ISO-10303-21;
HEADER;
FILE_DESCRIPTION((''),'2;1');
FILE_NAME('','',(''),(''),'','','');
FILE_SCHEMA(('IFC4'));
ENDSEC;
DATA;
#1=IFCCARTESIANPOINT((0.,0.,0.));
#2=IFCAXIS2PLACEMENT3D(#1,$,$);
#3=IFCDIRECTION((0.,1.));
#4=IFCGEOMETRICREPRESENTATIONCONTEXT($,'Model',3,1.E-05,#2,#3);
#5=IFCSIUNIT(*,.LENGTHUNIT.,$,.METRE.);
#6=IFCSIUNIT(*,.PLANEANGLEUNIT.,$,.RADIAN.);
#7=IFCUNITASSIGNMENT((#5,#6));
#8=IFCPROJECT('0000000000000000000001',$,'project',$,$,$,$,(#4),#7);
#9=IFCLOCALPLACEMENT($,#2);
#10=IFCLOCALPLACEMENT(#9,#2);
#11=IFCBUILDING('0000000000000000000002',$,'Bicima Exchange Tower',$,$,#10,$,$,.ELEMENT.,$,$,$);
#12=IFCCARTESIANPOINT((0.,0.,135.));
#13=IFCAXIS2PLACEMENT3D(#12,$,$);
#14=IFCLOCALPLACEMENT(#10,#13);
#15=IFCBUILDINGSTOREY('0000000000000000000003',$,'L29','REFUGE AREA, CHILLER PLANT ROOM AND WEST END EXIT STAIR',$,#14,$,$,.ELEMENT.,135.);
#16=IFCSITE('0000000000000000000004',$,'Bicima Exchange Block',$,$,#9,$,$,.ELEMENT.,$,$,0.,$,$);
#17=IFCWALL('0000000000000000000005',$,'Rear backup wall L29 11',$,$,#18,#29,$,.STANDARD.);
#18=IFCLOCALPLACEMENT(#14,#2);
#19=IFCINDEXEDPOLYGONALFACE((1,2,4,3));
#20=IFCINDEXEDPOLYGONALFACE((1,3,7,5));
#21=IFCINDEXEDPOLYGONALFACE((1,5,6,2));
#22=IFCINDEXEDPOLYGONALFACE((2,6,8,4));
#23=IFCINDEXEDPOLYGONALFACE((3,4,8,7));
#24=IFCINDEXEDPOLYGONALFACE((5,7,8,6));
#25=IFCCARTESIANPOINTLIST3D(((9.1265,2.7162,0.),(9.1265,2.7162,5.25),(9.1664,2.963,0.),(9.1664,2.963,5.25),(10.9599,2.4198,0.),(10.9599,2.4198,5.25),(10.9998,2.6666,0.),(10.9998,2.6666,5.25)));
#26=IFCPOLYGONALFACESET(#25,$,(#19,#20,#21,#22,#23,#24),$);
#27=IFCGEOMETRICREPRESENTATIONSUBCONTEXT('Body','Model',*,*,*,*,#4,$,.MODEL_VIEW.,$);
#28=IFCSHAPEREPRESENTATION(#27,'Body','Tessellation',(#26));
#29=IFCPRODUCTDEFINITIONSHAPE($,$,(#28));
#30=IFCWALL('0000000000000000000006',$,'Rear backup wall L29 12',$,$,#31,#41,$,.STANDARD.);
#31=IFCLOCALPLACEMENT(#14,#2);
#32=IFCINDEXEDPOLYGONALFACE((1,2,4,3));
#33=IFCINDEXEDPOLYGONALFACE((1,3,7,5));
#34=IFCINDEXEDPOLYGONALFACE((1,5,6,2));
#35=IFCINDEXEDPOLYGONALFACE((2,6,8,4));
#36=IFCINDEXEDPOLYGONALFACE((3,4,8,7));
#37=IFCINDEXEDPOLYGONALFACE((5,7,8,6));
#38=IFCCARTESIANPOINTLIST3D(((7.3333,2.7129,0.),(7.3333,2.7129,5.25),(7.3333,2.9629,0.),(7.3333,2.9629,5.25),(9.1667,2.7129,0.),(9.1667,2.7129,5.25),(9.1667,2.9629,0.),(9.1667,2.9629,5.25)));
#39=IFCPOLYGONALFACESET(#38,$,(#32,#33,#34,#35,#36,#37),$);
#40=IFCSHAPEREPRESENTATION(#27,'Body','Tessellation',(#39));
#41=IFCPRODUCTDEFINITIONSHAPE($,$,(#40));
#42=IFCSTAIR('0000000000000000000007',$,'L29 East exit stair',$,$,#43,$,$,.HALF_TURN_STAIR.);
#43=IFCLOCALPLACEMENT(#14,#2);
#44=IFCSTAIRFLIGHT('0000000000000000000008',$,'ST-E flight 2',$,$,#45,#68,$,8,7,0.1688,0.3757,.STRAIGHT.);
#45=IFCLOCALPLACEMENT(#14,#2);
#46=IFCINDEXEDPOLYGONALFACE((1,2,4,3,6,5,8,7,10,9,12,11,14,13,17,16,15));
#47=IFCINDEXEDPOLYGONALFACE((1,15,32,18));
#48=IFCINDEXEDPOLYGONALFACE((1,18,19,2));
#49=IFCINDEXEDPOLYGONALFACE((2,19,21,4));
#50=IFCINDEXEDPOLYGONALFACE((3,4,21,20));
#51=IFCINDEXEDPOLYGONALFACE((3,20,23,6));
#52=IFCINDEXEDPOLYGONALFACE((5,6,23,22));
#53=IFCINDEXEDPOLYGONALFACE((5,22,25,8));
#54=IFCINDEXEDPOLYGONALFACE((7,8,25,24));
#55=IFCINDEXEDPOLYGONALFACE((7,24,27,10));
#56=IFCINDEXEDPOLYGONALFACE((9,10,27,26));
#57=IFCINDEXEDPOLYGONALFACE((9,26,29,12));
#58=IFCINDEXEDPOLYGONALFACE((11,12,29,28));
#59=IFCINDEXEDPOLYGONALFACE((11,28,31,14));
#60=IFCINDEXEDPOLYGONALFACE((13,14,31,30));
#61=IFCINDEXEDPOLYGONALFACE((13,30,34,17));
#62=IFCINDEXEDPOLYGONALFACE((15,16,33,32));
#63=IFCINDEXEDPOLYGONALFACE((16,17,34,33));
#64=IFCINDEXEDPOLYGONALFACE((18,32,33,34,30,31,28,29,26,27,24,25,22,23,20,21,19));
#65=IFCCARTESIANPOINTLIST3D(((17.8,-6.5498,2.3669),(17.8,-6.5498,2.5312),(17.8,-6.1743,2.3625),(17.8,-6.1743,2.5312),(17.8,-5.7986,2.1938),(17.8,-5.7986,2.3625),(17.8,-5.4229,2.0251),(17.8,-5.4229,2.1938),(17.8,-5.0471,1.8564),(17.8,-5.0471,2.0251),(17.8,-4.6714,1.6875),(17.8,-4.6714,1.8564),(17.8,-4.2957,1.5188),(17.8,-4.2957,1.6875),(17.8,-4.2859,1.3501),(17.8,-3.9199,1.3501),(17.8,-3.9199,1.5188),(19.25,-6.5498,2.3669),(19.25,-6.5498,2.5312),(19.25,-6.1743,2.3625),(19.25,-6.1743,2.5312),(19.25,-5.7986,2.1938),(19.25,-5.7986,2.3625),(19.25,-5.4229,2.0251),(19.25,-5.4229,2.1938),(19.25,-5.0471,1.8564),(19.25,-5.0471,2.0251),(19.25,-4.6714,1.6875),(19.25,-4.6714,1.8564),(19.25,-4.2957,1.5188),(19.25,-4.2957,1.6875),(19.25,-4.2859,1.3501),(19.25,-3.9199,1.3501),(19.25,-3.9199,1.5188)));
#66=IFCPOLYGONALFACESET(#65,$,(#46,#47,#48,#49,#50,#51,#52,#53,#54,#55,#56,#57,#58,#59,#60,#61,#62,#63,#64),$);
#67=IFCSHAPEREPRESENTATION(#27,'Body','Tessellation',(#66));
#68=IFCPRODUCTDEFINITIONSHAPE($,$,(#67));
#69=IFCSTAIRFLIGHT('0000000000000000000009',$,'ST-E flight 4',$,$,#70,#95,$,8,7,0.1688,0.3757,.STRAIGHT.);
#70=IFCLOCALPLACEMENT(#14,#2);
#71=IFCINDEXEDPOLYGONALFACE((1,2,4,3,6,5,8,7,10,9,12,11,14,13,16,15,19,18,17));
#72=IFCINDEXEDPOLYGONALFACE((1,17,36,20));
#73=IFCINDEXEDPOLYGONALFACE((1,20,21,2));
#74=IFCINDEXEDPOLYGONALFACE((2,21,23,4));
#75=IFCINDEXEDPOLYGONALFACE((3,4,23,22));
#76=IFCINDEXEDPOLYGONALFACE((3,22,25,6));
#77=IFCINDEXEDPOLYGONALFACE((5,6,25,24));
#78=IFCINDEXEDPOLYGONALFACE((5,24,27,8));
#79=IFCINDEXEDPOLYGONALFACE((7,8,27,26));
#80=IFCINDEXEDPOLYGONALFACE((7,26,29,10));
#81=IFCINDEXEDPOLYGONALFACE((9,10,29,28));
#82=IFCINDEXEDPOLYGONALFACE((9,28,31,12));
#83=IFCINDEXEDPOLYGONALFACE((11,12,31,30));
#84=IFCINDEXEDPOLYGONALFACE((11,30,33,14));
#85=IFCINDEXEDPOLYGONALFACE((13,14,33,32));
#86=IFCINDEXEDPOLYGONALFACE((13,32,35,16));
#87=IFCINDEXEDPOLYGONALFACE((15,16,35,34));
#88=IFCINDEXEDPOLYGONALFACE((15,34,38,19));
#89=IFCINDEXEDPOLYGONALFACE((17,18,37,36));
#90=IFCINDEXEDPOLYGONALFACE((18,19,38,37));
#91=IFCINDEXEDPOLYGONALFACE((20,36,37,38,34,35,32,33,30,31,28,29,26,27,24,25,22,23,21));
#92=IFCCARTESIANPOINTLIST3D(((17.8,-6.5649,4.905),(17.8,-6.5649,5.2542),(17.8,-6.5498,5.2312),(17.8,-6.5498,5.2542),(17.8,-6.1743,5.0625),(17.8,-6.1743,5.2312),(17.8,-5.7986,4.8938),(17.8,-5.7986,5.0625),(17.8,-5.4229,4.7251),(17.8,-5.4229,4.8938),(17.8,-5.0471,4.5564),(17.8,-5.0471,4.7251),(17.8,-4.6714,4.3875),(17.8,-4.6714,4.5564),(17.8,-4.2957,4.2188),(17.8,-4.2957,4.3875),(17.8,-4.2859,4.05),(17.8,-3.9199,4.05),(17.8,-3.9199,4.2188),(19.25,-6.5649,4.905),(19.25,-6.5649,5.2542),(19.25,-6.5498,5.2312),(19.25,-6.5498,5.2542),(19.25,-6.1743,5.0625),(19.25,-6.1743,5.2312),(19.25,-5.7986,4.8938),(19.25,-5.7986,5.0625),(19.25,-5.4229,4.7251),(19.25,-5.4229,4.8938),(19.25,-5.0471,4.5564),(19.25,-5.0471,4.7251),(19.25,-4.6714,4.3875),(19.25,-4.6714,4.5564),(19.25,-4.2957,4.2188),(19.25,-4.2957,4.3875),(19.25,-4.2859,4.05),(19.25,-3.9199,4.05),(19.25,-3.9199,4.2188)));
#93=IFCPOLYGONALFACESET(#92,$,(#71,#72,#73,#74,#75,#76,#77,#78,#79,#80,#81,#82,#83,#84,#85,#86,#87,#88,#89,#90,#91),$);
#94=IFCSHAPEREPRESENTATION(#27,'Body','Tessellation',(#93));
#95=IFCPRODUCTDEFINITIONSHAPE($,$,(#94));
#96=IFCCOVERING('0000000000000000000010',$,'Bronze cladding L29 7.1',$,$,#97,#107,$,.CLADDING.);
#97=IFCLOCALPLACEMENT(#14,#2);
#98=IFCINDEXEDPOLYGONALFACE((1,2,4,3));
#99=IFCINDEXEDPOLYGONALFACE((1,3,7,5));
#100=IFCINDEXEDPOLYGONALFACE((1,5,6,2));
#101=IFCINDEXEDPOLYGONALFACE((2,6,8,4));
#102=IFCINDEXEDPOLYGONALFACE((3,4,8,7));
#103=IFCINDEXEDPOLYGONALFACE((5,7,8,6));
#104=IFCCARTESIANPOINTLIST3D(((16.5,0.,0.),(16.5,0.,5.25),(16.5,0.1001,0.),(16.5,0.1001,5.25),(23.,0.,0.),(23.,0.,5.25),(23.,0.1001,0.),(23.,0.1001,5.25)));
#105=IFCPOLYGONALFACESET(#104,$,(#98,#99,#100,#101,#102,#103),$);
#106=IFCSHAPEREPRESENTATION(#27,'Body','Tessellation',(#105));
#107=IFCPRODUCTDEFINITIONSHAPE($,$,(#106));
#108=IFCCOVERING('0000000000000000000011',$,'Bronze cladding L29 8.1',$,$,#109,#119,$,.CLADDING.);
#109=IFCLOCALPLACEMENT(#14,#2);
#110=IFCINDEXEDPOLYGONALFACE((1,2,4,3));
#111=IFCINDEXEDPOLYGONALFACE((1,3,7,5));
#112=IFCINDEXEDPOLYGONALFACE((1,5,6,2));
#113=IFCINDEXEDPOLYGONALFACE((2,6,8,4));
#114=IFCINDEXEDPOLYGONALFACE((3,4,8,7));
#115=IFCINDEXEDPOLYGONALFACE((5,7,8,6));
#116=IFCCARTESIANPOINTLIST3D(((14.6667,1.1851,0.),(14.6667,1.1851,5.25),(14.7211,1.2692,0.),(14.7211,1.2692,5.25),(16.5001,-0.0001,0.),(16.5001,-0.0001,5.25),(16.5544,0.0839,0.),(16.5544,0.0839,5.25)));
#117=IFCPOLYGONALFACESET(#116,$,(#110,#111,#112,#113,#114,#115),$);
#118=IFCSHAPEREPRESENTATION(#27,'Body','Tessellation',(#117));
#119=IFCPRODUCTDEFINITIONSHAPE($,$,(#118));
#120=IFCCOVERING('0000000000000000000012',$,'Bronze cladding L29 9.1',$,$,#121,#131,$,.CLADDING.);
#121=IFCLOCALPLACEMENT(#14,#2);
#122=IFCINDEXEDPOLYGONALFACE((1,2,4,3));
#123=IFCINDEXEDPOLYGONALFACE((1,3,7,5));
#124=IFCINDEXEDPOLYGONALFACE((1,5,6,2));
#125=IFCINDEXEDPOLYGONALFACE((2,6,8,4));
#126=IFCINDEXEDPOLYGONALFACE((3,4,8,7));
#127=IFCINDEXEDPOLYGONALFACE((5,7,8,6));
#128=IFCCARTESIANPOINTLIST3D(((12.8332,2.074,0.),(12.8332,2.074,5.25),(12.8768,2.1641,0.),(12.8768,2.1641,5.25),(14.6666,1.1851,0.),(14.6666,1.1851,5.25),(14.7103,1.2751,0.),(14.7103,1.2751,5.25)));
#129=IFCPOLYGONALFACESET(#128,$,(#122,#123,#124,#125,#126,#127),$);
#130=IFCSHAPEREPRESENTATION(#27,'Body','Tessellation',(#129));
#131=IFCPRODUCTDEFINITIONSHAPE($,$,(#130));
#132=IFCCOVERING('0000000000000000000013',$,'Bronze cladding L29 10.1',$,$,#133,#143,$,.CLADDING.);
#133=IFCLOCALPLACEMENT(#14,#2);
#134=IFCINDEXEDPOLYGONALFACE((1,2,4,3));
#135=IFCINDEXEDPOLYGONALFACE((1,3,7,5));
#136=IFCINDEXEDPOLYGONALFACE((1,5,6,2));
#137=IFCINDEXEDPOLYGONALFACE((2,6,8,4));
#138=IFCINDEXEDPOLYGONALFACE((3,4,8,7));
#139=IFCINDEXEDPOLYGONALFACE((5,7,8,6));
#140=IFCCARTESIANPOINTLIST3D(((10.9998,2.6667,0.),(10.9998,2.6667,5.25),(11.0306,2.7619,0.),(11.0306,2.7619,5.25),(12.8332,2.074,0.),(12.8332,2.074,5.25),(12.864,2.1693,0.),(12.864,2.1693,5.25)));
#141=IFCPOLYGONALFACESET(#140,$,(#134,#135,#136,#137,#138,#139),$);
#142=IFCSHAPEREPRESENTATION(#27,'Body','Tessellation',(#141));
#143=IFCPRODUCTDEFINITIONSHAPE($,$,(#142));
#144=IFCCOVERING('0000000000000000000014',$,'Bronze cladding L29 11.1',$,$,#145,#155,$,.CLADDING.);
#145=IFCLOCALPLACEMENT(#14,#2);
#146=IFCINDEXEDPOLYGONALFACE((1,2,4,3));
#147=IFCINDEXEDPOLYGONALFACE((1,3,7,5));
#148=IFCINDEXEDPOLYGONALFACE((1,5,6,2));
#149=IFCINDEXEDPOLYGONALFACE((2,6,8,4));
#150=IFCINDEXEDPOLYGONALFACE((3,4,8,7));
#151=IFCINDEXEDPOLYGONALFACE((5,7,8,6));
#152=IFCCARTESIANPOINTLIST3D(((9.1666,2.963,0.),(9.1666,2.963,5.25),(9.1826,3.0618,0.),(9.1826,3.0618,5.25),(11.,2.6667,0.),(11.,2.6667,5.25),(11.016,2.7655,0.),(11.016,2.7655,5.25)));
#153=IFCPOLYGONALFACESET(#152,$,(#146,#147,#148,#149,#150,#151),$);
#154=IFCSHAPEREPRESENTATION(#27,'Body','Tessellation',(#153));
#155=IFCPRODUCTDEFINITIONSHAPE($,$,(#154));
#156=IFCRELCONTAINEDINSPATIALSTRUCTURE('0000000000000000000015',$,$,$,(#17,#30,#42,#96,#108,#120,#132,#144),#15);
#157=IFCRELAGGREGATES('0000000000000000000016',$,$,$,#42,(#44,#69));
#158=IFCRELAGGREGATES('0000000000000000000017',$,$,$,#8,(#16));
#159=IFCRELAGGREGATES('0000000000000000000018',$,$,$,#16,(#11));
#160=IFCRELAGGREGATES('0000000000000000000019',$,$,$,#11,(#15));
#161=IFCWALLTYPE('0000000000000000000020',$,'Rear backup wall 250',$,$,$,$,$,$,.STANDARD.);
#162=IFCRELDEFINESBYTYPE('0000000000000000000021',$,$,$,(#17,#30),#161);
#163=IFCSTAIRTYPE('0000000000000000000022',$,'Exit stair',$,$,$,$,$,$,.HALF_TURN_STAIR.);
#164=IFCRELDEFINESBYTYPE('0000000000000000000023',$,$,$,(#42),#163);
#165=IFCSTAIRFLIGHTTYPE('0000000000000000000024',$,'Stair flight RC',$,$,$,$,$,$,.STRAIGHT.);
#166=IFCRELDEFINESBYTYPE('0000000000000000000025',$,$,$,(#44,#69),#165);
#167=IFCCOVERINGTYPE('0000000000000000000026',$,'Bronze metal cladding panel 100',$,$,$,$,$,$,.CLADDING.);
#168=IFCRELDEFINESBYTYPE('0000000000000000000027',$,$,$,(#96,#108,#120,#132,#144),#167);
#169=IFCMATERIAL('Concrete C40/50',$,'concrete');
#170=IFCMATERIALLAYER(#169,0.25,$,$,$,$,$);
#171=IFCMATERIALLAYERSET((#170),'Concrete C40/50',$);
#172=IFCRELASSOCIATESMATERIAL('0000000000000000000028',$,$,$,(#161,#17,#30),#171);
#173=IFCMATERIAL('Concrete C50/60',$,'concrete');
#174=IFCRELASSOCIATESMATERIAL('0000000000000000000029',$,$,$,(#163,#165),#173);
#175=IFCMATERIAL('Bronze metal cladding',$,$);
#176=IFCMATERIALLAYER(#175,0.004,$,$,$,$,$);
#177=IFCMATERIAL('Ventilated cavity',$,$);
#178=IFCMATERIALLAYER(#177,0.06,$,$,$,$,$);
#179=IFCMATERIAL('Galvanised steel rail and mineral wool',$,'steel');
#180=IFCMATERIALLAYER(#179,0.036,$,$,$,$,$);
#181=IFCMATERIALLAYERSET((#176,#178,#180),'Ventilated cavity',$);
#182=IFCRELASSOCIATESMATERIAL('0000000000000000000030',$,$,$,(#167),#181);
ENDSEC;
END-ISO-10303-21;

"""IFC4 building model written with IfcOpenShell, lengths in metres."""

from ifc_helpers import new_model, si_unit, direction, frame, frame_2d, origin, origin_2d, place, context, subcontext, project, spatial, polyline, rectangle, outline, extrude, material, layer, layer_set, layer_usage, type_object, element, aggregate, save


model = new_model("IFC4")

# Units and contexts
model_context = context("Model", 3, precision=1e-05, world=origin(), true_north=direction((0.0, 1.0)))
body_context = subcontext(model_context, "Body", "Model", "MODEL_VIEW")
ifc_project = project(units=[si_unit("LENGTHUNIT", "METRE"), si_unit("PLANEANGLEUNIT", "RADIAN")], contexts=[model_context])

# Site, building, storey
site_placement = place(None, origin())
site = spatial("IfcSite", under=ifc_project, at=site_placement, Name="Bicima Exchange Block", CompositionType="ELEMENT", RefElevation=0.0)
building_placement = place(site_placement, origin())
building = spatial("IfcBuilding", under=site, at=building_placement, Name="Bicima Exchange Tower", CompositionType="ELEMENT")
storey_placement = place(building_placement, frame((0.0, 0.0, 135.0)))
storey = spatial("IfcBuildingStorey", under=building, at=storey_placement, Name="L29", Description="REFUGE AREA, CHILLER PLANT ROOM AND WEST END EXIT STAIR", CompositionType="ELEMENT", Elevation=135.0)

# Walls
ifc_material_1 = material(Name="Concrete C40/50", Category="concrete")
ifc_layer_1 = layer(ifc_material_1, 0.25)
ifc_layer_set_1 = layer_set([ifc_layer_1], Name="Concrete C40/50")
ifc_layer_usage = layer_usage(ifc_layer_set_1, "AXIS2", "POSITIVE", -0.125)
wall_type = type_object("IfcWallType", Name="Rear backup wall 250", PredefinedType="STANDARD", material=ifc_layer_set_1)
wall_1_placement = place(storey_placement, frame((10.98, 2.5432, 0.0), z_axis=(0.0, 0.0, 1.0), x_axis=(-0.987182, 0.1596, 0.0)))
element("IfcWall", 1, at=wall_1_placement, inside=storey, type_object=wall_type, material=ifc_layer_usage, Name="Rear backup wall L29 11", PredefinedType="STANDARD", context=body_context, shape_type="SweptSolid", body=[
    extrude(rectangle(XDim=1.8572, YDim=0.25, at=frame_2d((0.9287, 0.0))), origin(), (0.0, 0.0, 1.0), 5.25),
])
wall_2_placement = place(storey_placement, frame((9.1667, 2.8379, 0.0), z_axis=(0.0, 0.0, 1.0), x_axis=(-1.0, 0.0, 0.0)))
element("IfcWall", 2, at=wall_2_placement, inside=storey, type_object=wall_type, material=ifc_layer_usage, Name="Rear backup wall L29 12", PredefinedType="STANDARD", context=body_context, shape_type="SweptSolid", body=[
    extrude(rectangle(XDim=1.8335, YDim=0.25, at=frame_2d((0.9167, 0.0))), origin(), (0.0, 0.0, 1.0), 5.25),
])

# Stair, stair flights
ifc_material_2 = material(Name="Concrete C50/60", Category="concrete")
stair_type = type_object("IfcStairType", Name="Exit stair", PredefinedType="HALF_TURN_STAIR", material=ifc_material_2)
stair_placement = place(storey_placement, origin())
stair = element("IfcStair", 3, at=stair_placement, inside=storey, type_object=stair_type, Name="L29 East exit stair", PredefinedType="HALF_TURN_STAIR")
stair_flight_type = type_object("IfcStairFlightType", Name="Stair flight RC", PredefinedType="STRAIGHT", material=ifc_material_2)
stair_flight_1_placement = place(storey_placement, frame((18.5249, -3.9199, 1.3501), z_axis=(0.0, 0.0, 1.0), x_axis=(0.0, -1.0, 0.0)))
stair_flight_1 = element("IfcStairFlight", 4, at=stair_flight_1_placement, type_object=stair_flight_type, Name="ST-E flight 2", NumberOfRisers=8, NumberOfTreads=7, PredefinedType="STRAIGHT", RiserHeight=0.1688, TreadLength=0.3757, context=body_context, shape_type="SweptSolid", body=[
    extrude(outline(polyline([(0.0, 0.0), (0.0, 0.1687), (0.3757, 0.1687), (0.3757, 0.3374), (0.7515, 0.3374), (0.7515, 0.5063), (1.1272, 0.5063), (1.1272, 0.675), (1.5029, 0.675), (1.5029, 0.8438), (1.8787, 0.8438), (1.8787, 1.0125), (2.2544, 1.0125), (2.2544, 1.1812), (2.6299, 1.1812), (2.6299, 1.3501), (2.6299, 1.0168), (0.366, 0.0), (0.0, 0.0)])), frame((0.0, 0.7251, 0.0), z_axis=(0.0, -1.0, 0.0), x_axis=(1.0, 0.0, 0.0)), (0.0, 0.0, 1.0), 1.45),
])
stair_flight_2_placement = place(storey_placement, frame((18.5249, -3.9199, 4.05), z_axis=(0.0, 0.0, 1.0), x_axis=(0.0, -1.0, 0.0)))
stair_flight_2 = element("IfcStairFlight", 5, at=stair_flight_2_placement, type_object=stair_flight_type, Name="ST-E flight 4", NumberOfRisers=8, NumberOfTreads=7, PredefinedType="STRAIGHT", RiserHeight=0.1688, TreadLength=0.3757, context=body_context, shape_type="SweptSolid", body=[
    extrude(outline(polyline([(0.0, 0.0), (0.0, 0.1687), (0.3757, 0.1687), (0.3757, 0.3374), (0.7515, 0.3374), (0.7515, 0.5063), (1.1272, 0.5063), (1.1272, 0.675), (1.5029, 0.675), (1.5029, 0.8438), (1.8787, 0.8438), (1.8787, 1.0125), (2.2544, 1.0125), (2.2544, 1.1812), (2.6299, 1.1812), (2.6299, 1.2041), (2.645, 1.2041), (2.645, 0.855), (0.366, 0.0), (0.0, 0.0)])), frame((0.0, 0.7251, 0.0), z_axis=(0.0, -1.0, 0.0), x_axis=(1.0, 0.0, 0.0)), (0.0, 0.0, 1.0), 1.45),
])
aggregate(stair, [stair_flight_1, stair_flight_2])

# Coverings
ifc_material_3 = material(Name="Bronze metal cladding")
ifc_layer_2 = layer(ifc_material_3, 0.004)
ifc_material_4 = material(Name="Ventilated cavity")
ifc_layer_3 = layer(ifc_material_4, 0.06)
ifc_material_5 = material(Name="Galvanised steel rail and mineral wool", Category="steel")
ifc_layer_4 = layer(ifc_material_5, 0.036)
ifc_layer_set_2 = layer_set([ifc_layer_2, ifc_layer_3, ifc_layer_4], Name="Ventilated cavity")
covering_type = type_object("IfcCoveringType", Name="Bronze metal cladding panel 100", PredefinedType="CLADDING", material=ifc_layer_set_2)
covering_1_placement = place(storey_placement, frame((19.75, 0.05, 0.0), z_axis=(0.0, 0.0, 1.0), x_axis=(-1.0, 0.0, 0.0)))
element("IfcCovering", 6, at=covering_1_placement, inside=storey, type_object=covering_type, Name="Bronze cladding L29 7.1", PredefinedType="CLADDING", context=body_context, shape_type="SweptSolid", body=[
    extrude(rectangle(XDim=6.5, YDim=0.1001, at=origin_2d()), origin(), (0.0, 0.0, 1.0), 5.25),
])
covering_2_placement = place(storey_placement, frame((15.6106, 0.6345, 0.0), z_axis=(0.0, 0.0, 1.0), x_axis=(-0.83979, 0.542911, 0.0)))
element("IfcCovering", 7, at=covering_2_placement, inside=storey, type_object=covering_type, Name="Bronze cladding L29 8.1", PredefinedType="CLADDING", context=body_context, shape_type="SweptSolid", body=[
    extrude(rectangle(XDim=2.1831, YDim=0.1001, at=origin_2d()), origin(), (0.0, 0.0, 1.0), 5.25),
])
covering_3_placement = place(storey_placement, frame((13.7717, 1.6746, 0.0), z_axis=(0.0, 0.0, 1.0), x_axis=(-0.899818, 0.436265, 0.0)))
element("IfcCovering", 8, at=covering_3_placement, inside=storey, type_object=covering_type, Name="Bronze cladding L29 9.1", PredefinedType="CLADDING", context=body_context, shape_type="SweptSolid", body=[
    extrude(rectangle(XDim=2.0376, YDim=0.1001, at=origin_2d()), origin(), (0.0, 0.0, 1.0), 5.25),
])
covering_4_placement = place(storey_placement, frame((11.9319, 2.418, 0.0), z_axis=(0.0, 0.0, 1.0), x_axis=(-0.951525, 0.307573, 0.0)))
element("IfcCovering", 9, at=covering_4_placement, inside=storey, type_object=covering_type, Name="Bronze cladding L29 10.1", PredefinedType="CLADDING", context=body_context, shape_type="SweptSolid", body=[
    extrude(rectangle(XDim=1.9268, YDim=0.1001, at=origin_2d()), origin(), (0.0, 0.0, 1.0), 5.25),
])
covering_5_placement = place(storey_placement, frame((10.0913, 2.8643, 0.0), z_axis=(0.0, 0.0, 1.0), x_axis=(-0.98719, 0.15955, 0.0)))
element("IfcCovering", 10, at=covering_5_placement, inside=storey, type_object=covering_type, Name="Bronze cladding L29 11.1", PredefinedType="CLADDING", context=body_context, shape_type="SweptSolid", body=[
    extrude(rectangle(XDim=1.8572, YDim=0.1001, at=origin_2d()), origin(), (0.0, 0.0, 1.0), 5.25),
])

save(model, "model.ifc")
